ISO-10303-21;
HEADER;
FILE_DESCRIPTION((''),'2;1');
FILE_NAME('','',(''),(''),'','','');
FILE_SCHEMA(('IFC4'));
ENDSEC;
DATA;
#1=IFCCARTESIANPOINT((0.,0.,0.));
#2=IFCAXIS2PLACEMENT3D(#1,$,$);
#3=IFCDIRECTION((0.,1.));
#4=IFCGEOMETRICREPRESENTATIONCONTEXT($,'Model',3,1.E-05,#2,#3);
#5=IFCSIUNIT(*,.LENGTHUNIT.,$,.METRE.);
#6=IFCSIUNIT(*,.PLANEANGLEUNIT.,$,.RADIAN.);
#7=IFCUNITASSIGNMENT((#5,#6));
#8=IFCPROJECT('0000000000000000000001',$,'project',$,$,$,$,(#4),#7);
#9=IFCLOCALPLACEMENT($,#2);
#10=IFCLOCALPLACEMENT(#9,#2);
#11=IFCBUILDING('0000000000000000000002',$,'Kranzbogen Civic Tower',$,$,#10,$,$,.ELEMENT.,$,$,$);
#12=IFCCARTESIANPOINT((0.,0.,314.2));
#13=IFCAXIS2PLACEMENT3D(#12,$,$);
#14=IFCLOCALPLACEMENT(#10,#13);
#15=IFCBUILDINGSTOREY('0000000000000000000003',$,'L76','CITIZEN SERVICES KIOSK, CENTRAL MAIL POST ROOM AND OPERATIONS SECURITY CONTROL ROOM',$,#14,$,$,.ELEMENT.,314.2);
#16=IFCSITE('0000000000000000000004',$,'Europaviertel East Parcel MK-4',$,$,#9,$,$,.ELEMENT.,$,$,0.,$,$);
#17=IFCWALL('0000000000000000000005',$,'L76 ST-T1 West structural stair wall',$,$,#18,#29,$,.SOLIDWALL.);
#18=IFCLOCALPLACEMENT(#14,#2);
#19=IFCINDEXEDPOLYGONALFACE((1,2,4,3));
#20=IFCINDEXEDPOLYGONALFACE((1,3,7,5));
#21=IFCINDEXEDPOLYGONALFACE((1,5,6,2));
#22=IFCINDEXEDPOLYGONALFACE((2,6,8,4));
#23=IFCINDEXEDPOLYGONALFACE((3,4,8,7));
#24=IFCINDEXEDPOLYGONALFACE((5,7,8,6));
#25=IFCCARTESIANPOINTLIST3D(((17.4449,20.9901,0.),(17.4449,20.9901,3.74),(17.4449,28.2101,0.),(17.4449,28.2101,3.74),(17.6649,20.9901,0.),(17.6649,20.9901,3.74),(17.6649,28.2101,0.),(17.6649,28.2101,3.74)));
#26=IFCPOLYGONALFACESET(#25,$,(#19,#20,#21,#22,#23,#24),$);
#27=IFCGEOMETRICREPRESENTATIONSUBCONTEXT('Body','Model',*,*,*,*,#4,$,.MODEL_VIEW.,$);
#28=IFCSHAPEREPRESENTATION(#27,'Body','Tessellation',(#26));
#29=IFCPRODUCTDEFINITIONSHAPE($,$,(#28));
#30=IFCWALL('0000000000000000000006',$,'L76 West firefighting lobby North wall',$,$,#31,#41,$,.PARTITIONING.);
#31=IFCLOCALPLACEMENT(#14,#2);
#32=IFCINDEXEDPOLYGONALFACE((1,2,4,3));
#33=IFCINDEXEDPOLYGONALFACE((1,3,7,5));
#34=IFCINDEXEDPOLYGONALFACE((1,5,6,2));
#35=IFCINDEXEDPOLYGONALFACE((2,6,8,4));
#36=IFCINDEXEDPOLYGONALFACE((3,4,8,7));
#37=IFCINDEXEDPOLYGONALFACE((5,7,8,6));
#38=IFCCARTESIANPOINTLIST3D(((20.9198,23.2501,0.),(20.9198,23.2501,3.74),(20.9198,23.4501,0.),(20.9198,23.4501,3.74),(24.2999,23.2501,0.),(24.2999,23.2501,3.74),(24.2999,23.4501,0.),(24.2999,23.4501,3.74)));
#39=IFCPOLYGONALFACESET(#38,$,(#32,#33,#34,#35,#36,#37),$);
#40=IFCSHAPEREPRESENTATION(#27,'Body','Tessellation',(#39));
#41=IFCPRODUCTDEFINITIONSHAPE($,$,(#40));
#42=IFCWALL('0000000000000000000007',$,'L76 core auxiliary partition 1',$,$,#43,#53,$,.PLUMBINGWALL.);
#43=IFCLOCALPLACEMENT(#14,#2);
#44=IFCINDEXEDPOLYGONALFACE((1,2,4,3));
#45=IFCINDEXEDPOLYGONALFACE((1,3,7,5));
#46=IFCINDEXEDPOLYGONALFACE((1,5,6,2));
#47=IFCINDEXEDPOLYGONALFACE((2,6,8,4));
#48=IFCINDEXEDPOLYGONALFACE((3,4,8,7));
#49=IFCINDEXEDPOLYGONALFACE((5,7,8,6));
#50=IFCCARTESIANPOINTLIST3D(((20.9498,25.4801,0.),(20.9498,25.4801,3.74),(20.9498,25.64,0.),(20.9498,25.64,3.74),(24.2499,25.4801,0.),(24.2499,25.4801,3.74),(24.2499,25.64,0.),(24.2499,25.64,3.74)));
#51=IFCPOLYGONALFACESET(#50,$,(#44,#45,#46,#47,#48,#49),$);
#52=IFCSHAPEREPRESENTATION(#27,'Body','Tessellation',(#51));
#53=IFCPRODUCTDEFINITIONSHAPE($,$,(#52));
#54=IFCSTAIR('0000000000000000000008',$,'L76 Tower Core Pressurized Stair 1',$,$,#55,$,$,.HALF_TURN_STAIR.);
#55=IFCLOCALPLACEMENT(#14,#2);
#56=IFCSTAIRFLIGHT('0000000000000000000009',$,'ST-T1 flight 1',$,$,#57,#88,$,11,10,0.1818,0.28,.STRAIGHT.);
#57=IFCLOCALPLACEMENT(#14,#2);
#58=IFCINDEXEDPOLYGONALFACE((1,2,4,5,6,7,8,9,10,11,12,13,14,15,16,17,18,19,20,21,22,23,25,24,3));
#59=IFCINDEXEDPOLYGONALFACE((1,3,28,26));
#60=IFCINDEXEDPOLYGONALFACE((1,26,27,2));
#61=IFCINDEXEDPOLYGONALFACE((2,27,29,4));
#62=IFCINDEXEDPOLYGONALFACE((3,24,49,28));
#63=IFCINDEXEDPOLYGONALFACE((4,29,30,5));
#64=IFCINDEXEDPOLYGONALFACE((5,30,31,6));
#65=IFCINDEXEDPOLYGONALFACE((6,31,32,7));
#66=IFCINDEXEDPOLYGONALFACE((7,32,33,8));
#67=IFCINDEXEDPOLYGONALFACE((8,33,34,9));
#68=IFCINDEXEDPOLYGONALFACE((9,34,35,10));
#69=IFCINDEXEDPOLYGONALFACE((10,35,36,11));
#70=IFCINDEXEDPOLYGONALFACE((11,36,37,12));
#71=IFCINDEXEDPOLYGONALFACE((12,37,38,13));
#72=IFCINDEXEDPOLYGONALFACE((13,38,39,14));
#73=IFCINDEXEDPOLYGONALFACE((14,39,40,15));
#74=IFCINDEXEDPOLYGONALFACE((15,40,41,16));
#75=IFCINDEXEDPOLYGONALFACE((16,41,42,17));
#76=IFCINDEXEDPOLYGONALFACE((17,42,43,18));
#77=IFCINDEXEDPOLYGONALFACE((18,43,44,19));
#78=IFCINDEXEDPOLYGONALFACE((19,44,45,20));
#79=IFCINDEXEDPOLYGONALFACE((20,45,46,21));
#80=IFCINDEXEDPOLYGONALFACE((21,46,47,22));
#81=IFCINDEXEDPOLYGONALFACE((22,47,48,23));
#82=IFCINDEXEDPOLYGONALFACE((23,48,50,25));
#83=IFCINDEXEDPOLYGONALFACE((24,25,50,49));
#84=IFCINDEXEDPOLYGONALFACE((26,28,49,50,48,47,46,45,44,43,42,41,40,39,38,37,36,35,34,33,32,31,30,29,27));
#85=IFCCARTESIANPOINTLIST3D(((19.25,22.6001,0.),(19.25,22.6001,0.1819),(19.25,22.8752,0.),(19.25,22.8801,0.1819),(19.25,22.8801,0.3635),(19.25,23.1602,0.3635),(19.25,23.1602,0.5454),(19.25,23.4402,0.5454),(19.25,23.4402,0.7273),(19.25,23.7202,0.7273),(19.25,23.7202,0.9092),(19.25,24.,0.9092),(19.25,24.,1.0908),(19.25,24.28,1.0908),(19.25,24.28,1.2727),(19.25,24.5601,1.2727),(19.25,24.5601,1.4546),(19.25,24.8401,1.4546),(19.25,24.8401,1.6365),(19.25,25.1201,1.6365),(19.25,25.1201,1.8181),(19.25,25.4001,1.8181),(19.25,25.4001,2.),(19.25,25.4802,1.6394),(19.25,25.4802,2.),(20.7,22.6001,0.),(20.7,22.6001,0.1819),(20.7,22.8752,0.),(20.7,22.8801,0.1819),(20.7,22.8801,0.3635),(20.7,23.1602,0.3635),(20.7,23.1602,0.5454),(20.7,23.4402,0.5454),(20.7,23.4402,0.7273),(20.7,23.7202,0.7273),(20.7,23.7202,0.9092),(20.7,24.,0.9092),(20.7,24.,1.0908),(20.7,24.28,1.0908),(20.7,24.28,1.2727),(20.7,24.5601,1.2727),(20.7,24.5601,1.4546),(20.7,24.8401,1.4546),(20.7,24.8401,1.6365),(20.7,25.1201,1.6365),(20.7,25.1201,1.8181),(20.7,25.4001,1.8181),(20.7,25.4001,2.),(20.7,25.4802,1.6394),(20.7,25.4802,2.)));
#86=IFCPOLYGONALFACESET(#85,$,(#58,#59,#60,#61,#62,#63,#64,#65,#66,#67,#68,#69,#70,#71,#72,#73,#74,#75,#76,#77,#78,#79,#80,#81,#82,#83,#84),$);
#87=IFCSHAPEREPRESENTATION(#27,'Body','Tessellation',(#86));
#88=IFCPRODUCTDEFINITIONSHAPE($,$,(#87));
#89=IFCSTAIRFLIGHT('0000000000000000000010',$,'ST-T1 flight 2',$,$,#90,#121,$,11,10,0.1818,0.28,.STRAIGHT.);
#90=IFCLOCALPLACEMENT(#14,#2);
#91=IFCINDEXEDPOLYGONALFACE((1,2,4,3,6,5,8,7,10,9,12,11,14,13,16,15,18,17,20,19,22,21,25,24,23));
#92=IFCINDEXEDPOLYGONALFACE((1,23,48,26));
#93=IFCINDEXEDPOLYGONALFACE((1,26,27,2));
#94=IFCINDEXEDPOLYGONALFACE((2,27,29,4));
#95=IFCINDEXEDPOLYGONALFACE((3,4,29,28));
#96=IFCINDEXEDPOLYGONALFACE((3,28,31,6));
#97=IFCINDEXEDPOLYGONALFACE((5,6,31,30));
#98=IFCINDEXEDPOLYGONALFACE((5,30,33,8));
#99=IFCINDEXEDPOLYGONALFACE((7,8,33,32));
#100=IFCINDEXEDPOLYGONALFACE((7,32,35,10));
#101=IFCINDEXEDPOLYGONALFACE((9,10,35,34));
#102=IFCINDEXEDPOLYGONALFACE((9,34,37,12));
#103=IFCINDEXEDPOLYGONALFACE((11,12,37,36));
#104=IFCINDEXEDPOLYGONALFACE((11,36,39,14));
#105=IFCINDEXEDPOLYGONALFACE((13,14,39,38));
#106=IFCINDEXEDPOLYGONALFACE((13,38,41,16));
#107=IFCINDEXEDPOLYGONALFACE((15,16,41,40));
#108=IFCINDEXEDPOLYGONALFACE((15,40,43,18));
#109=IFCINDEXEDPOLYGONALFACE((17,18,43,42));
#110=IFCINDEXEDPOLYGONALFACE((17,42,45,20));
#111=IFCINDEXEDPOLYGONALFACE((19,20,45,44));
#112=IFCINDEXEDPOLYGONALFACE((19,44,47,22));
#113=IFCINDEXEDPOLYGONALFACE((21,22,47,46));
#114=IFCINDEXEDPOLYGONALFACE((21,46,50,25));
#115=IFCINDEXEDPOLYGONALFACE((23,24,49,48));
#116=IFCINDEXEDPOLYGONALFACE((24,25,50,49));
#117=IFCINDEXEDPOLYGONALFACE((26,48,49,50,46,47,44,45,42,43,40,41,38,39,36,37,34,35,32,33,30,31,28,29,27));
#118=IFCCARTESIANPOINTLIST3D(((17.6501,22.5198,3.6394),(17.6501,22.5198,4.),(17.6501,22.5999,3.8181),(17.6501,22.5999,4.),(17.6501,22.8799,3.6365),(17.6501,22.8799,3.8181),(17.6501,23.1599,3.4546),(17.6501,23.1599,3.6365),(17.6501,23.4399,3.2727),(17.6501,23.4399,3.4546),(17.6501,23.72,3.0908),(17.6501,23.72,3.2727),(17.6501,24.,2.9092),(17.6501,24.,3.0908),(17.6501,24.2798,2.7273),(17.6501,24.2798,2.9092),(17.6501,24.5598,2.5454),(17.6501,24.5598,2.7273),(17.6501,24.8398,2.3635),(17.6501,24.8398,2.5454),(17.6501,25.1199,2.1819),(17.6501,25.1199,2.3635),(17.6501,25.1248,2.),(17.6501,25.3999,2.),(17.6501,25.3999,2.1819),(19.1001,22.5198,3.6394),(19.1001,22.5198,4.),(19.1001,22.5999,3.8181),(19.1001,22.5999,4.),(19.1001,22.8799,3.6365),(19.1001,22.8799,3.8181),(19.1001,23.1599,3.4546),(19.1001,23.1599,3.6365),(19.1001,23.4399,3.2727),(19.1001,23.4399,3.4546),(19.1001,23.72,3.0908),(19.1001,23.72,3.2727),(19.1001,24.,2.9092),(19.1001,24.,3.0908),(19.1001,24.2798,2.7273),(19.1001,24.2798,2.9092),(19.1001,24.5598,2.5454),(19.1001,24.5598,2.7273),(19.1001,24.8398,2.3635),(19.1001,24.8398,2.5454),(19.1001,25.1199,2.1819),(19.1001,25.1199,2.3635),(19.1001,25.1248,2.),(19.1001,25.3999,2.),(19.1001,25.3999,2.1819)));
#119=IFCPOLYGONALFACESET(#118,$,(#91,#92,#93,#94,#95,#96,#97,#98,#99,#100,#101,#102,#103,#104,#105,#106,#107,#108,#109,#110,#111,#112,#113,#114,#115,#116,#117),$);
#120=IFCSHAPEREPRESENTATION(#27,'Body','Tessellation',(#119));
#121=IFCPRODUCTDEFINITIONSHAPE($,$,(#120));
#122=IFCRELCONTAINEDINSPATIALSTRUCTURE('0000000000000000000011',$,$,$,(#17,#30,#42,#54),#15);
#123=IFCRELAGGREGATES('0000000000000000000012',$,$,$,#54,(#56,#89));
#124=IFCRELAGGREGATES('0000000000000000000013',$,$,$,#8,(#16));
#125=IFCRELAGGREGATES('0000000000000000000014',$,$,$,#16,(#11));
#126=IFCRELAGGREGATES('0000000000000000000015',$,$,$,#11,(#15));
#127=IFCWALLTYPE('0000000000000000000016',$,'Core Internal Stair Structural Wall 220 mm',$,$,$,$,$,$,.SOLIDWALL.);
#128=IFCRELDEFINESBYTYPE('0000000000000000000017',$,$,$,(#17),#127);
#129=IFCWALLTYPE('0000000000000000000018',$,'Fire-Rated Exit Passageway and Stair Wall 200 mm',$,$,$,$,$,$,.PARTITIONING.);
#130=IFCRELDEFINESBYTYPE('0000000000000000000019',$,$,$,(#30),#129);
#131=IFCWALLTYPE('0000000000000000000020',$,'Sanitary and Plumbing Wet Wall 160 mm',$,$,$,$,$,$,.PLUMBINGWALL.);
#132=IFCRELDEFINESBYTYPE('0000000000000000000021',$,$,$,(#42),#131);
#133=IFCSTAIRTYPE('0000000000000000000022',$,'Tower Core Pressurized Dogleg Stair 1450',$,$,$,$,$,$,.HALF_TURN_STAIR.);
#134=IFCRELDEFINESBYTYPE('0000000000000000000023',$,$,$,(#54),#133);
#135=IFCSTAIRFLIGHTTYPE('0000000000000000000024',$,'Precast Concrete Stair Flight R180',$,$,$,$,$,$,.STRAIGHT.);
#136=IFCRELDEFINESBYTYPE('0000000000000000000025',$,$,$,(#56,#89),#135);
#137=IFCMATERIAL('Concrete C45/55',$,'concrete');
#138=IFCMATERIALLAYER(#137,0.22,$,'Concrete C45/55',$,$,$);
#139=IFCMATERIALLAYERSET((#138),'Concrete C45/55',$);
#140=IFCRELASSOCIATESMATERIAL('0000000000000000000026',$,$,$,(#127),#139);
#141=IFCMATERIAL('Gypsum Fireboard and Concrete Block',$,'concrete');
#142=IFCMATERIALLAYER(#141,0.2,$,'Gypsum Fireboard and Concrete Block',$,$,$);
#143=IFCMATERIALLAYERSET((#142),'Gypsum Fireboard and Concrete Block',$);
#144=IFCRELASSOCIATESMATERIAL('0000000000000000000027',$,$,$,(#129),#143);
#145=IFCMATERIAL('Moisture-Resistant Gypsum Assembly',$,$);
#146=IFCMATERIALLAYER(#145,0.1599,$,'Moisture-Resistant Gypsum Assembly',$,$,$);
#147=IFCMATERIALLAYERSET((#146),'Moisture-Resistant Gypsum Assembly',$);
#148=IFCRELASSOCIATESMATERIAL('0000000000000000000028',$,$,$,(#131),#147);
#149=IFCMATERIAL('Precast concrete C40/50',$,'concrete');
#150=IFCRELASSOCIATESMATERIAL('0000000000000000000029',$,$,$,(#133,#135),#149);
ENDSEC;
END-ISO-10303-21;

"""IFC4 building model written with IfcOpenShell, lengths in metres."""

from ifc_helpers import new_model, si_unit, direction, frame, frame_2d, origin, place, context, subcontext, project, spatial, polyline, rectangle, outline, extrude, material, layer, layer_set, type_object, element, aggregate, save


model = new_model("IFC4")

# Units and contexts
model_context = context("Model", 3, precision=1e-05, world=origin(), true_north=direction((0.0, 1.0)))
body_context = subcontext(model_context, "Body", "Model", "MODEL_VIEW")
ifc_project = project(units=[si_unit("LENGTHUNIT", "METRE"), si_unit("PLANEANGLEUNIT", "RADIAN")], contexts=[model_context])

# Site, building, storey
site_placement = place(None, origin())
site = spatial("IfcSite", under=ifc_project, at=site_placement, Name="Europaviertel East Parcel MK-4", CompositionType="ELEMENT", RefElevation=0.0)
building_placement = place(site_placement, origin())
building = spatial("IfcBuilding", under=site, at=building_placement, Name="Kranzbogen Civic Tower", CompositionType="ELEMENT")
storey_placement = place(building_placement, frame((0.0, 0.0, 314.2)))
storey = spatial("IfcBuildingStorey", under=building, at=storey_placement, Name="L76", Description="CITIZEN SERVICES KIOSK, CENTRAL MAIL POST ROOM AND OPERATIONS SECURITY CONTROL ROOM", CompositionType="ELEMENT", Elevation=314.2)

# Shared definitions
ifc_material_1 = material(Name="Concrete C45/55", Category="concrete")
ifc_layer_1 = layer(ifc_material_1, 0.22, Name="Concrete C45/55")
ifc_layer_set_1 = layer_set([ifc_layer_1], Name="Concrete C45/55")
wall_type_1 = type_object("IfcWallType", Name="Core Internal Stair Structural Wall 220 mm", PredefinedType="SOLIDWALL", material=ifc_layer_set_1)

# Walls
wall_1_placement = place(storey_placement, frame((17.5549, 28.21, 0.0), z_axis=(0.0, 0.0, 1.0), x_axis=(0.0, -1.0, 0.0)))
element("IfcWall", 1, at=wall_1_placement, inside=storey, type_object=wall_type_1, Name="L76 ST-T1 West structural stair wall", PredefinedType="SOLIDWALL", context=body_context, shape_type="SweptSolid", body=[
    extrude(rectangle(XDim=7.22, YDim=0.22, at=frame_2d((3.6099, 0.0))), origin(), (0.0, 0.0, 1.0), 3.74),
])
ifc_material_2 = material(Name="Gypsum Fireboard and Concrete Block", Category="concrete")
ifc_layer_2 = layer(ifc_material_2, 0.2, Name="Gypsum Fireboard and Concrete Block")
ifc_layer_set_2 = layer_set([ifc_layer_2], Name="Gypsum Fireboard and Concrete Block")
wall_type_2 = type_object("IfcWallType", Name="Fire-Rated Exit Passageway and Stair Wall 200 mm", PredefinedType="PARTITIONING", material=ifc_layer_set_2)
wall_2_placement = place(storey_placement, frame((20.9199, 23.3501, 0.0), z_axis=(0.0, 0.0, 1.0), x_axis=(1.0, 0.0, 0.0)))
element("IfcWall", 2, at=wall_2_placement, inside=storey, type_object=wall_type_2, Name="L76 West firefighting lobby North wall", PredefinedType="PARTITIONING", context=body_context, shape_type="SweptSolid", body=[
    extrude(rectangle(XDim=3.3801, YDim=0.2, at=frame_2d((1.6899, 0.0))), origin(), (0.0, 0.0, 1.0), 3.74),
])
ifc_material_3 = material(Name="Moisture-Resistant Gypsum Assembly")
ifc_layer_3 = layer(ifc_material_3, 0.1599, Name="Moisture-Resistant Gypsum Assembly")
ifc_layer_set_3 = layer_set([ifc_layer_3], Name="Moisture-Resistant Gypsum Assembly")
wall_type_3 = type_object("IfcWallType", Name="Sanitary and Plumbing Wet Wall 160 mm", PredefinedType="PLUMBINGWALL", material=ifc_layer_set_3)
wall_3_placement = place(storey_placement, frame((20.95, 25.5601, 0.0), z_axis=(0.0, 0.0, 1.0), x_axis=(1.0, 0.0, 0.0)))
element("IfcWall", 3, at=wall_3_placement, inside=storey, type_object=wall_type_3, Name="L76 core auxiliary partition 1", PredefinedType="PLUMBINGWALL", context=body_context, shape_type="SweptSolid", body=[
    extrude(rectangle(XDim=3.3, YDim=0.1599, at=frame_2d((1.6499, 0.0))), origin(), (0.0, 0.0, 1.0), 3.74),
])

# Stair, stair flights
ifc_material_4 = material(Name="Precast concrete C40/50", Category="concrete")
stair_type = type_object("IfcStairType", Name="Tower Core Pressurized Dogleg Stair 1450", PredefinedType="HALF_TURN_STAIR", material=ifc_material_4)
stair_placement = place(storey_placement, origin())
stair = element("IfcStair", 4, at=stair_placement, inside=storey, type_object=stair_type, Name="L76 Tower Core Pressurized Stair 1", PredefinedType="HALF_TURN_STAIR")
stair_flight_type = type_object("IfcStairFlightType", Name="Precast Concrete Stair Flight R180", PredefinedType="STRAIGHT", material=ifc_material_4)
stair_flight_1_placement = place(storey_placement, frame((19.9751, 22.6001, 0.0), z_axis=(0.0, 0.0, 1.0), x_axis=(0.0, 1.0, 0.0)))
stair_flight_1 = element("IfcStairFlight", 5, at=stair_flight_1_placement, type_object=stair_flight_type, Name="ST-T1 flight 1", NumberOfRisers=11, NumberOfTreads=10, PredefinedType="STRAIGHT", RiserHeight=0.1818, TreadLength=0.28, context=body_context, shape_type="SweptSolid", body=[
    extrude(outline(polyline([(0.0, 0.0), (0.0, 0.1819), (0.28, 0.1819), (0.28, 0.3635), (0.5601, 0.3635), (0.5601, 0.5454), (0.8401, 0.5454), (0.8401, 0.7273), (1.1201, 0.7273), (1.1201, 0.9092), (1.3999, 0.9092), (1.3999, 1.0908), (1.6799, 1.0908), (1.6799, 1.2727), (1.96, 1.2727), (1.96, 1.4546), (2.24, 1.4546), (2.24, 1.6365), (2.52, 1.6365), (2.52, 1.8181), (2.8, 1.8181), (2.8, 2.0), (2.8801, 2.0), (2.8801, 1.6394), (0.2751, 0.0), (0.0, 0.0)])), frame((0.0, 0.7251, 0.0), z_axis=(0.0, -1.0, 0.0), x_axis=(1.0, 0.0, 0.0)), (0.0, 0.0, 1.0), 1.45),
])
stair_flight_2_placement = place(storey_placement, frame((18.375, 25.3999, 2.0), z_axis=(0.0, 0.0, 1.0), x_axis=(0.0, -1.0, 0.0)))
stair_flight_2 = element("IfcStairFlight", 6, at=stair_flight_2_placement, type_object=stair_flight_type, Name="ST-T1 flight 2", NumberOfRisers=11, NumberOfTreads=10, PredefinedType="STRAIGHT", RiserHeight=0.1818, TreadLength=0.28, context=body_context, shape_type="SweptSolid", body=[
    extrude(outline(polyline([(0.0, 0.0), (0.0, 0.1819), (0.28, 0.1819), (0.28, 0.3635), (0.5601, 0.3635), (0.5601, 0.5454), (0.8401, 0.5454), (0.8401, 0.7273), (1.1201, 0.7273), (1.1201, 0.9092), (1.3999, 0.9092), (1.3999, 1.0908), (1.6799, 1.0908), (1.6799, 1.2727), (1.96, 1.2727), (1.96, 1.4546), (2.24, 1.4546), (2.24, 1.6365), (2.52, 1.6365), (2.52, 1.8181), (2.8, 1.8181), (2.8, 2.0), (2.8801, 2.0), (2.8801, 1.6394), (0.2751, 0.0), (0.0, 0.0)])), frame((0.0, 0.7251, 0.0), z_axis=(0.0, -1.0, 0.0), x_axis=(1.0, 0.0, 0.0)), (0.0, 0.0, 1.0), 1.45),
])
aggregate(stair, [stair_flight_1, stair_flight_2])

save(model, "model.ifc")
